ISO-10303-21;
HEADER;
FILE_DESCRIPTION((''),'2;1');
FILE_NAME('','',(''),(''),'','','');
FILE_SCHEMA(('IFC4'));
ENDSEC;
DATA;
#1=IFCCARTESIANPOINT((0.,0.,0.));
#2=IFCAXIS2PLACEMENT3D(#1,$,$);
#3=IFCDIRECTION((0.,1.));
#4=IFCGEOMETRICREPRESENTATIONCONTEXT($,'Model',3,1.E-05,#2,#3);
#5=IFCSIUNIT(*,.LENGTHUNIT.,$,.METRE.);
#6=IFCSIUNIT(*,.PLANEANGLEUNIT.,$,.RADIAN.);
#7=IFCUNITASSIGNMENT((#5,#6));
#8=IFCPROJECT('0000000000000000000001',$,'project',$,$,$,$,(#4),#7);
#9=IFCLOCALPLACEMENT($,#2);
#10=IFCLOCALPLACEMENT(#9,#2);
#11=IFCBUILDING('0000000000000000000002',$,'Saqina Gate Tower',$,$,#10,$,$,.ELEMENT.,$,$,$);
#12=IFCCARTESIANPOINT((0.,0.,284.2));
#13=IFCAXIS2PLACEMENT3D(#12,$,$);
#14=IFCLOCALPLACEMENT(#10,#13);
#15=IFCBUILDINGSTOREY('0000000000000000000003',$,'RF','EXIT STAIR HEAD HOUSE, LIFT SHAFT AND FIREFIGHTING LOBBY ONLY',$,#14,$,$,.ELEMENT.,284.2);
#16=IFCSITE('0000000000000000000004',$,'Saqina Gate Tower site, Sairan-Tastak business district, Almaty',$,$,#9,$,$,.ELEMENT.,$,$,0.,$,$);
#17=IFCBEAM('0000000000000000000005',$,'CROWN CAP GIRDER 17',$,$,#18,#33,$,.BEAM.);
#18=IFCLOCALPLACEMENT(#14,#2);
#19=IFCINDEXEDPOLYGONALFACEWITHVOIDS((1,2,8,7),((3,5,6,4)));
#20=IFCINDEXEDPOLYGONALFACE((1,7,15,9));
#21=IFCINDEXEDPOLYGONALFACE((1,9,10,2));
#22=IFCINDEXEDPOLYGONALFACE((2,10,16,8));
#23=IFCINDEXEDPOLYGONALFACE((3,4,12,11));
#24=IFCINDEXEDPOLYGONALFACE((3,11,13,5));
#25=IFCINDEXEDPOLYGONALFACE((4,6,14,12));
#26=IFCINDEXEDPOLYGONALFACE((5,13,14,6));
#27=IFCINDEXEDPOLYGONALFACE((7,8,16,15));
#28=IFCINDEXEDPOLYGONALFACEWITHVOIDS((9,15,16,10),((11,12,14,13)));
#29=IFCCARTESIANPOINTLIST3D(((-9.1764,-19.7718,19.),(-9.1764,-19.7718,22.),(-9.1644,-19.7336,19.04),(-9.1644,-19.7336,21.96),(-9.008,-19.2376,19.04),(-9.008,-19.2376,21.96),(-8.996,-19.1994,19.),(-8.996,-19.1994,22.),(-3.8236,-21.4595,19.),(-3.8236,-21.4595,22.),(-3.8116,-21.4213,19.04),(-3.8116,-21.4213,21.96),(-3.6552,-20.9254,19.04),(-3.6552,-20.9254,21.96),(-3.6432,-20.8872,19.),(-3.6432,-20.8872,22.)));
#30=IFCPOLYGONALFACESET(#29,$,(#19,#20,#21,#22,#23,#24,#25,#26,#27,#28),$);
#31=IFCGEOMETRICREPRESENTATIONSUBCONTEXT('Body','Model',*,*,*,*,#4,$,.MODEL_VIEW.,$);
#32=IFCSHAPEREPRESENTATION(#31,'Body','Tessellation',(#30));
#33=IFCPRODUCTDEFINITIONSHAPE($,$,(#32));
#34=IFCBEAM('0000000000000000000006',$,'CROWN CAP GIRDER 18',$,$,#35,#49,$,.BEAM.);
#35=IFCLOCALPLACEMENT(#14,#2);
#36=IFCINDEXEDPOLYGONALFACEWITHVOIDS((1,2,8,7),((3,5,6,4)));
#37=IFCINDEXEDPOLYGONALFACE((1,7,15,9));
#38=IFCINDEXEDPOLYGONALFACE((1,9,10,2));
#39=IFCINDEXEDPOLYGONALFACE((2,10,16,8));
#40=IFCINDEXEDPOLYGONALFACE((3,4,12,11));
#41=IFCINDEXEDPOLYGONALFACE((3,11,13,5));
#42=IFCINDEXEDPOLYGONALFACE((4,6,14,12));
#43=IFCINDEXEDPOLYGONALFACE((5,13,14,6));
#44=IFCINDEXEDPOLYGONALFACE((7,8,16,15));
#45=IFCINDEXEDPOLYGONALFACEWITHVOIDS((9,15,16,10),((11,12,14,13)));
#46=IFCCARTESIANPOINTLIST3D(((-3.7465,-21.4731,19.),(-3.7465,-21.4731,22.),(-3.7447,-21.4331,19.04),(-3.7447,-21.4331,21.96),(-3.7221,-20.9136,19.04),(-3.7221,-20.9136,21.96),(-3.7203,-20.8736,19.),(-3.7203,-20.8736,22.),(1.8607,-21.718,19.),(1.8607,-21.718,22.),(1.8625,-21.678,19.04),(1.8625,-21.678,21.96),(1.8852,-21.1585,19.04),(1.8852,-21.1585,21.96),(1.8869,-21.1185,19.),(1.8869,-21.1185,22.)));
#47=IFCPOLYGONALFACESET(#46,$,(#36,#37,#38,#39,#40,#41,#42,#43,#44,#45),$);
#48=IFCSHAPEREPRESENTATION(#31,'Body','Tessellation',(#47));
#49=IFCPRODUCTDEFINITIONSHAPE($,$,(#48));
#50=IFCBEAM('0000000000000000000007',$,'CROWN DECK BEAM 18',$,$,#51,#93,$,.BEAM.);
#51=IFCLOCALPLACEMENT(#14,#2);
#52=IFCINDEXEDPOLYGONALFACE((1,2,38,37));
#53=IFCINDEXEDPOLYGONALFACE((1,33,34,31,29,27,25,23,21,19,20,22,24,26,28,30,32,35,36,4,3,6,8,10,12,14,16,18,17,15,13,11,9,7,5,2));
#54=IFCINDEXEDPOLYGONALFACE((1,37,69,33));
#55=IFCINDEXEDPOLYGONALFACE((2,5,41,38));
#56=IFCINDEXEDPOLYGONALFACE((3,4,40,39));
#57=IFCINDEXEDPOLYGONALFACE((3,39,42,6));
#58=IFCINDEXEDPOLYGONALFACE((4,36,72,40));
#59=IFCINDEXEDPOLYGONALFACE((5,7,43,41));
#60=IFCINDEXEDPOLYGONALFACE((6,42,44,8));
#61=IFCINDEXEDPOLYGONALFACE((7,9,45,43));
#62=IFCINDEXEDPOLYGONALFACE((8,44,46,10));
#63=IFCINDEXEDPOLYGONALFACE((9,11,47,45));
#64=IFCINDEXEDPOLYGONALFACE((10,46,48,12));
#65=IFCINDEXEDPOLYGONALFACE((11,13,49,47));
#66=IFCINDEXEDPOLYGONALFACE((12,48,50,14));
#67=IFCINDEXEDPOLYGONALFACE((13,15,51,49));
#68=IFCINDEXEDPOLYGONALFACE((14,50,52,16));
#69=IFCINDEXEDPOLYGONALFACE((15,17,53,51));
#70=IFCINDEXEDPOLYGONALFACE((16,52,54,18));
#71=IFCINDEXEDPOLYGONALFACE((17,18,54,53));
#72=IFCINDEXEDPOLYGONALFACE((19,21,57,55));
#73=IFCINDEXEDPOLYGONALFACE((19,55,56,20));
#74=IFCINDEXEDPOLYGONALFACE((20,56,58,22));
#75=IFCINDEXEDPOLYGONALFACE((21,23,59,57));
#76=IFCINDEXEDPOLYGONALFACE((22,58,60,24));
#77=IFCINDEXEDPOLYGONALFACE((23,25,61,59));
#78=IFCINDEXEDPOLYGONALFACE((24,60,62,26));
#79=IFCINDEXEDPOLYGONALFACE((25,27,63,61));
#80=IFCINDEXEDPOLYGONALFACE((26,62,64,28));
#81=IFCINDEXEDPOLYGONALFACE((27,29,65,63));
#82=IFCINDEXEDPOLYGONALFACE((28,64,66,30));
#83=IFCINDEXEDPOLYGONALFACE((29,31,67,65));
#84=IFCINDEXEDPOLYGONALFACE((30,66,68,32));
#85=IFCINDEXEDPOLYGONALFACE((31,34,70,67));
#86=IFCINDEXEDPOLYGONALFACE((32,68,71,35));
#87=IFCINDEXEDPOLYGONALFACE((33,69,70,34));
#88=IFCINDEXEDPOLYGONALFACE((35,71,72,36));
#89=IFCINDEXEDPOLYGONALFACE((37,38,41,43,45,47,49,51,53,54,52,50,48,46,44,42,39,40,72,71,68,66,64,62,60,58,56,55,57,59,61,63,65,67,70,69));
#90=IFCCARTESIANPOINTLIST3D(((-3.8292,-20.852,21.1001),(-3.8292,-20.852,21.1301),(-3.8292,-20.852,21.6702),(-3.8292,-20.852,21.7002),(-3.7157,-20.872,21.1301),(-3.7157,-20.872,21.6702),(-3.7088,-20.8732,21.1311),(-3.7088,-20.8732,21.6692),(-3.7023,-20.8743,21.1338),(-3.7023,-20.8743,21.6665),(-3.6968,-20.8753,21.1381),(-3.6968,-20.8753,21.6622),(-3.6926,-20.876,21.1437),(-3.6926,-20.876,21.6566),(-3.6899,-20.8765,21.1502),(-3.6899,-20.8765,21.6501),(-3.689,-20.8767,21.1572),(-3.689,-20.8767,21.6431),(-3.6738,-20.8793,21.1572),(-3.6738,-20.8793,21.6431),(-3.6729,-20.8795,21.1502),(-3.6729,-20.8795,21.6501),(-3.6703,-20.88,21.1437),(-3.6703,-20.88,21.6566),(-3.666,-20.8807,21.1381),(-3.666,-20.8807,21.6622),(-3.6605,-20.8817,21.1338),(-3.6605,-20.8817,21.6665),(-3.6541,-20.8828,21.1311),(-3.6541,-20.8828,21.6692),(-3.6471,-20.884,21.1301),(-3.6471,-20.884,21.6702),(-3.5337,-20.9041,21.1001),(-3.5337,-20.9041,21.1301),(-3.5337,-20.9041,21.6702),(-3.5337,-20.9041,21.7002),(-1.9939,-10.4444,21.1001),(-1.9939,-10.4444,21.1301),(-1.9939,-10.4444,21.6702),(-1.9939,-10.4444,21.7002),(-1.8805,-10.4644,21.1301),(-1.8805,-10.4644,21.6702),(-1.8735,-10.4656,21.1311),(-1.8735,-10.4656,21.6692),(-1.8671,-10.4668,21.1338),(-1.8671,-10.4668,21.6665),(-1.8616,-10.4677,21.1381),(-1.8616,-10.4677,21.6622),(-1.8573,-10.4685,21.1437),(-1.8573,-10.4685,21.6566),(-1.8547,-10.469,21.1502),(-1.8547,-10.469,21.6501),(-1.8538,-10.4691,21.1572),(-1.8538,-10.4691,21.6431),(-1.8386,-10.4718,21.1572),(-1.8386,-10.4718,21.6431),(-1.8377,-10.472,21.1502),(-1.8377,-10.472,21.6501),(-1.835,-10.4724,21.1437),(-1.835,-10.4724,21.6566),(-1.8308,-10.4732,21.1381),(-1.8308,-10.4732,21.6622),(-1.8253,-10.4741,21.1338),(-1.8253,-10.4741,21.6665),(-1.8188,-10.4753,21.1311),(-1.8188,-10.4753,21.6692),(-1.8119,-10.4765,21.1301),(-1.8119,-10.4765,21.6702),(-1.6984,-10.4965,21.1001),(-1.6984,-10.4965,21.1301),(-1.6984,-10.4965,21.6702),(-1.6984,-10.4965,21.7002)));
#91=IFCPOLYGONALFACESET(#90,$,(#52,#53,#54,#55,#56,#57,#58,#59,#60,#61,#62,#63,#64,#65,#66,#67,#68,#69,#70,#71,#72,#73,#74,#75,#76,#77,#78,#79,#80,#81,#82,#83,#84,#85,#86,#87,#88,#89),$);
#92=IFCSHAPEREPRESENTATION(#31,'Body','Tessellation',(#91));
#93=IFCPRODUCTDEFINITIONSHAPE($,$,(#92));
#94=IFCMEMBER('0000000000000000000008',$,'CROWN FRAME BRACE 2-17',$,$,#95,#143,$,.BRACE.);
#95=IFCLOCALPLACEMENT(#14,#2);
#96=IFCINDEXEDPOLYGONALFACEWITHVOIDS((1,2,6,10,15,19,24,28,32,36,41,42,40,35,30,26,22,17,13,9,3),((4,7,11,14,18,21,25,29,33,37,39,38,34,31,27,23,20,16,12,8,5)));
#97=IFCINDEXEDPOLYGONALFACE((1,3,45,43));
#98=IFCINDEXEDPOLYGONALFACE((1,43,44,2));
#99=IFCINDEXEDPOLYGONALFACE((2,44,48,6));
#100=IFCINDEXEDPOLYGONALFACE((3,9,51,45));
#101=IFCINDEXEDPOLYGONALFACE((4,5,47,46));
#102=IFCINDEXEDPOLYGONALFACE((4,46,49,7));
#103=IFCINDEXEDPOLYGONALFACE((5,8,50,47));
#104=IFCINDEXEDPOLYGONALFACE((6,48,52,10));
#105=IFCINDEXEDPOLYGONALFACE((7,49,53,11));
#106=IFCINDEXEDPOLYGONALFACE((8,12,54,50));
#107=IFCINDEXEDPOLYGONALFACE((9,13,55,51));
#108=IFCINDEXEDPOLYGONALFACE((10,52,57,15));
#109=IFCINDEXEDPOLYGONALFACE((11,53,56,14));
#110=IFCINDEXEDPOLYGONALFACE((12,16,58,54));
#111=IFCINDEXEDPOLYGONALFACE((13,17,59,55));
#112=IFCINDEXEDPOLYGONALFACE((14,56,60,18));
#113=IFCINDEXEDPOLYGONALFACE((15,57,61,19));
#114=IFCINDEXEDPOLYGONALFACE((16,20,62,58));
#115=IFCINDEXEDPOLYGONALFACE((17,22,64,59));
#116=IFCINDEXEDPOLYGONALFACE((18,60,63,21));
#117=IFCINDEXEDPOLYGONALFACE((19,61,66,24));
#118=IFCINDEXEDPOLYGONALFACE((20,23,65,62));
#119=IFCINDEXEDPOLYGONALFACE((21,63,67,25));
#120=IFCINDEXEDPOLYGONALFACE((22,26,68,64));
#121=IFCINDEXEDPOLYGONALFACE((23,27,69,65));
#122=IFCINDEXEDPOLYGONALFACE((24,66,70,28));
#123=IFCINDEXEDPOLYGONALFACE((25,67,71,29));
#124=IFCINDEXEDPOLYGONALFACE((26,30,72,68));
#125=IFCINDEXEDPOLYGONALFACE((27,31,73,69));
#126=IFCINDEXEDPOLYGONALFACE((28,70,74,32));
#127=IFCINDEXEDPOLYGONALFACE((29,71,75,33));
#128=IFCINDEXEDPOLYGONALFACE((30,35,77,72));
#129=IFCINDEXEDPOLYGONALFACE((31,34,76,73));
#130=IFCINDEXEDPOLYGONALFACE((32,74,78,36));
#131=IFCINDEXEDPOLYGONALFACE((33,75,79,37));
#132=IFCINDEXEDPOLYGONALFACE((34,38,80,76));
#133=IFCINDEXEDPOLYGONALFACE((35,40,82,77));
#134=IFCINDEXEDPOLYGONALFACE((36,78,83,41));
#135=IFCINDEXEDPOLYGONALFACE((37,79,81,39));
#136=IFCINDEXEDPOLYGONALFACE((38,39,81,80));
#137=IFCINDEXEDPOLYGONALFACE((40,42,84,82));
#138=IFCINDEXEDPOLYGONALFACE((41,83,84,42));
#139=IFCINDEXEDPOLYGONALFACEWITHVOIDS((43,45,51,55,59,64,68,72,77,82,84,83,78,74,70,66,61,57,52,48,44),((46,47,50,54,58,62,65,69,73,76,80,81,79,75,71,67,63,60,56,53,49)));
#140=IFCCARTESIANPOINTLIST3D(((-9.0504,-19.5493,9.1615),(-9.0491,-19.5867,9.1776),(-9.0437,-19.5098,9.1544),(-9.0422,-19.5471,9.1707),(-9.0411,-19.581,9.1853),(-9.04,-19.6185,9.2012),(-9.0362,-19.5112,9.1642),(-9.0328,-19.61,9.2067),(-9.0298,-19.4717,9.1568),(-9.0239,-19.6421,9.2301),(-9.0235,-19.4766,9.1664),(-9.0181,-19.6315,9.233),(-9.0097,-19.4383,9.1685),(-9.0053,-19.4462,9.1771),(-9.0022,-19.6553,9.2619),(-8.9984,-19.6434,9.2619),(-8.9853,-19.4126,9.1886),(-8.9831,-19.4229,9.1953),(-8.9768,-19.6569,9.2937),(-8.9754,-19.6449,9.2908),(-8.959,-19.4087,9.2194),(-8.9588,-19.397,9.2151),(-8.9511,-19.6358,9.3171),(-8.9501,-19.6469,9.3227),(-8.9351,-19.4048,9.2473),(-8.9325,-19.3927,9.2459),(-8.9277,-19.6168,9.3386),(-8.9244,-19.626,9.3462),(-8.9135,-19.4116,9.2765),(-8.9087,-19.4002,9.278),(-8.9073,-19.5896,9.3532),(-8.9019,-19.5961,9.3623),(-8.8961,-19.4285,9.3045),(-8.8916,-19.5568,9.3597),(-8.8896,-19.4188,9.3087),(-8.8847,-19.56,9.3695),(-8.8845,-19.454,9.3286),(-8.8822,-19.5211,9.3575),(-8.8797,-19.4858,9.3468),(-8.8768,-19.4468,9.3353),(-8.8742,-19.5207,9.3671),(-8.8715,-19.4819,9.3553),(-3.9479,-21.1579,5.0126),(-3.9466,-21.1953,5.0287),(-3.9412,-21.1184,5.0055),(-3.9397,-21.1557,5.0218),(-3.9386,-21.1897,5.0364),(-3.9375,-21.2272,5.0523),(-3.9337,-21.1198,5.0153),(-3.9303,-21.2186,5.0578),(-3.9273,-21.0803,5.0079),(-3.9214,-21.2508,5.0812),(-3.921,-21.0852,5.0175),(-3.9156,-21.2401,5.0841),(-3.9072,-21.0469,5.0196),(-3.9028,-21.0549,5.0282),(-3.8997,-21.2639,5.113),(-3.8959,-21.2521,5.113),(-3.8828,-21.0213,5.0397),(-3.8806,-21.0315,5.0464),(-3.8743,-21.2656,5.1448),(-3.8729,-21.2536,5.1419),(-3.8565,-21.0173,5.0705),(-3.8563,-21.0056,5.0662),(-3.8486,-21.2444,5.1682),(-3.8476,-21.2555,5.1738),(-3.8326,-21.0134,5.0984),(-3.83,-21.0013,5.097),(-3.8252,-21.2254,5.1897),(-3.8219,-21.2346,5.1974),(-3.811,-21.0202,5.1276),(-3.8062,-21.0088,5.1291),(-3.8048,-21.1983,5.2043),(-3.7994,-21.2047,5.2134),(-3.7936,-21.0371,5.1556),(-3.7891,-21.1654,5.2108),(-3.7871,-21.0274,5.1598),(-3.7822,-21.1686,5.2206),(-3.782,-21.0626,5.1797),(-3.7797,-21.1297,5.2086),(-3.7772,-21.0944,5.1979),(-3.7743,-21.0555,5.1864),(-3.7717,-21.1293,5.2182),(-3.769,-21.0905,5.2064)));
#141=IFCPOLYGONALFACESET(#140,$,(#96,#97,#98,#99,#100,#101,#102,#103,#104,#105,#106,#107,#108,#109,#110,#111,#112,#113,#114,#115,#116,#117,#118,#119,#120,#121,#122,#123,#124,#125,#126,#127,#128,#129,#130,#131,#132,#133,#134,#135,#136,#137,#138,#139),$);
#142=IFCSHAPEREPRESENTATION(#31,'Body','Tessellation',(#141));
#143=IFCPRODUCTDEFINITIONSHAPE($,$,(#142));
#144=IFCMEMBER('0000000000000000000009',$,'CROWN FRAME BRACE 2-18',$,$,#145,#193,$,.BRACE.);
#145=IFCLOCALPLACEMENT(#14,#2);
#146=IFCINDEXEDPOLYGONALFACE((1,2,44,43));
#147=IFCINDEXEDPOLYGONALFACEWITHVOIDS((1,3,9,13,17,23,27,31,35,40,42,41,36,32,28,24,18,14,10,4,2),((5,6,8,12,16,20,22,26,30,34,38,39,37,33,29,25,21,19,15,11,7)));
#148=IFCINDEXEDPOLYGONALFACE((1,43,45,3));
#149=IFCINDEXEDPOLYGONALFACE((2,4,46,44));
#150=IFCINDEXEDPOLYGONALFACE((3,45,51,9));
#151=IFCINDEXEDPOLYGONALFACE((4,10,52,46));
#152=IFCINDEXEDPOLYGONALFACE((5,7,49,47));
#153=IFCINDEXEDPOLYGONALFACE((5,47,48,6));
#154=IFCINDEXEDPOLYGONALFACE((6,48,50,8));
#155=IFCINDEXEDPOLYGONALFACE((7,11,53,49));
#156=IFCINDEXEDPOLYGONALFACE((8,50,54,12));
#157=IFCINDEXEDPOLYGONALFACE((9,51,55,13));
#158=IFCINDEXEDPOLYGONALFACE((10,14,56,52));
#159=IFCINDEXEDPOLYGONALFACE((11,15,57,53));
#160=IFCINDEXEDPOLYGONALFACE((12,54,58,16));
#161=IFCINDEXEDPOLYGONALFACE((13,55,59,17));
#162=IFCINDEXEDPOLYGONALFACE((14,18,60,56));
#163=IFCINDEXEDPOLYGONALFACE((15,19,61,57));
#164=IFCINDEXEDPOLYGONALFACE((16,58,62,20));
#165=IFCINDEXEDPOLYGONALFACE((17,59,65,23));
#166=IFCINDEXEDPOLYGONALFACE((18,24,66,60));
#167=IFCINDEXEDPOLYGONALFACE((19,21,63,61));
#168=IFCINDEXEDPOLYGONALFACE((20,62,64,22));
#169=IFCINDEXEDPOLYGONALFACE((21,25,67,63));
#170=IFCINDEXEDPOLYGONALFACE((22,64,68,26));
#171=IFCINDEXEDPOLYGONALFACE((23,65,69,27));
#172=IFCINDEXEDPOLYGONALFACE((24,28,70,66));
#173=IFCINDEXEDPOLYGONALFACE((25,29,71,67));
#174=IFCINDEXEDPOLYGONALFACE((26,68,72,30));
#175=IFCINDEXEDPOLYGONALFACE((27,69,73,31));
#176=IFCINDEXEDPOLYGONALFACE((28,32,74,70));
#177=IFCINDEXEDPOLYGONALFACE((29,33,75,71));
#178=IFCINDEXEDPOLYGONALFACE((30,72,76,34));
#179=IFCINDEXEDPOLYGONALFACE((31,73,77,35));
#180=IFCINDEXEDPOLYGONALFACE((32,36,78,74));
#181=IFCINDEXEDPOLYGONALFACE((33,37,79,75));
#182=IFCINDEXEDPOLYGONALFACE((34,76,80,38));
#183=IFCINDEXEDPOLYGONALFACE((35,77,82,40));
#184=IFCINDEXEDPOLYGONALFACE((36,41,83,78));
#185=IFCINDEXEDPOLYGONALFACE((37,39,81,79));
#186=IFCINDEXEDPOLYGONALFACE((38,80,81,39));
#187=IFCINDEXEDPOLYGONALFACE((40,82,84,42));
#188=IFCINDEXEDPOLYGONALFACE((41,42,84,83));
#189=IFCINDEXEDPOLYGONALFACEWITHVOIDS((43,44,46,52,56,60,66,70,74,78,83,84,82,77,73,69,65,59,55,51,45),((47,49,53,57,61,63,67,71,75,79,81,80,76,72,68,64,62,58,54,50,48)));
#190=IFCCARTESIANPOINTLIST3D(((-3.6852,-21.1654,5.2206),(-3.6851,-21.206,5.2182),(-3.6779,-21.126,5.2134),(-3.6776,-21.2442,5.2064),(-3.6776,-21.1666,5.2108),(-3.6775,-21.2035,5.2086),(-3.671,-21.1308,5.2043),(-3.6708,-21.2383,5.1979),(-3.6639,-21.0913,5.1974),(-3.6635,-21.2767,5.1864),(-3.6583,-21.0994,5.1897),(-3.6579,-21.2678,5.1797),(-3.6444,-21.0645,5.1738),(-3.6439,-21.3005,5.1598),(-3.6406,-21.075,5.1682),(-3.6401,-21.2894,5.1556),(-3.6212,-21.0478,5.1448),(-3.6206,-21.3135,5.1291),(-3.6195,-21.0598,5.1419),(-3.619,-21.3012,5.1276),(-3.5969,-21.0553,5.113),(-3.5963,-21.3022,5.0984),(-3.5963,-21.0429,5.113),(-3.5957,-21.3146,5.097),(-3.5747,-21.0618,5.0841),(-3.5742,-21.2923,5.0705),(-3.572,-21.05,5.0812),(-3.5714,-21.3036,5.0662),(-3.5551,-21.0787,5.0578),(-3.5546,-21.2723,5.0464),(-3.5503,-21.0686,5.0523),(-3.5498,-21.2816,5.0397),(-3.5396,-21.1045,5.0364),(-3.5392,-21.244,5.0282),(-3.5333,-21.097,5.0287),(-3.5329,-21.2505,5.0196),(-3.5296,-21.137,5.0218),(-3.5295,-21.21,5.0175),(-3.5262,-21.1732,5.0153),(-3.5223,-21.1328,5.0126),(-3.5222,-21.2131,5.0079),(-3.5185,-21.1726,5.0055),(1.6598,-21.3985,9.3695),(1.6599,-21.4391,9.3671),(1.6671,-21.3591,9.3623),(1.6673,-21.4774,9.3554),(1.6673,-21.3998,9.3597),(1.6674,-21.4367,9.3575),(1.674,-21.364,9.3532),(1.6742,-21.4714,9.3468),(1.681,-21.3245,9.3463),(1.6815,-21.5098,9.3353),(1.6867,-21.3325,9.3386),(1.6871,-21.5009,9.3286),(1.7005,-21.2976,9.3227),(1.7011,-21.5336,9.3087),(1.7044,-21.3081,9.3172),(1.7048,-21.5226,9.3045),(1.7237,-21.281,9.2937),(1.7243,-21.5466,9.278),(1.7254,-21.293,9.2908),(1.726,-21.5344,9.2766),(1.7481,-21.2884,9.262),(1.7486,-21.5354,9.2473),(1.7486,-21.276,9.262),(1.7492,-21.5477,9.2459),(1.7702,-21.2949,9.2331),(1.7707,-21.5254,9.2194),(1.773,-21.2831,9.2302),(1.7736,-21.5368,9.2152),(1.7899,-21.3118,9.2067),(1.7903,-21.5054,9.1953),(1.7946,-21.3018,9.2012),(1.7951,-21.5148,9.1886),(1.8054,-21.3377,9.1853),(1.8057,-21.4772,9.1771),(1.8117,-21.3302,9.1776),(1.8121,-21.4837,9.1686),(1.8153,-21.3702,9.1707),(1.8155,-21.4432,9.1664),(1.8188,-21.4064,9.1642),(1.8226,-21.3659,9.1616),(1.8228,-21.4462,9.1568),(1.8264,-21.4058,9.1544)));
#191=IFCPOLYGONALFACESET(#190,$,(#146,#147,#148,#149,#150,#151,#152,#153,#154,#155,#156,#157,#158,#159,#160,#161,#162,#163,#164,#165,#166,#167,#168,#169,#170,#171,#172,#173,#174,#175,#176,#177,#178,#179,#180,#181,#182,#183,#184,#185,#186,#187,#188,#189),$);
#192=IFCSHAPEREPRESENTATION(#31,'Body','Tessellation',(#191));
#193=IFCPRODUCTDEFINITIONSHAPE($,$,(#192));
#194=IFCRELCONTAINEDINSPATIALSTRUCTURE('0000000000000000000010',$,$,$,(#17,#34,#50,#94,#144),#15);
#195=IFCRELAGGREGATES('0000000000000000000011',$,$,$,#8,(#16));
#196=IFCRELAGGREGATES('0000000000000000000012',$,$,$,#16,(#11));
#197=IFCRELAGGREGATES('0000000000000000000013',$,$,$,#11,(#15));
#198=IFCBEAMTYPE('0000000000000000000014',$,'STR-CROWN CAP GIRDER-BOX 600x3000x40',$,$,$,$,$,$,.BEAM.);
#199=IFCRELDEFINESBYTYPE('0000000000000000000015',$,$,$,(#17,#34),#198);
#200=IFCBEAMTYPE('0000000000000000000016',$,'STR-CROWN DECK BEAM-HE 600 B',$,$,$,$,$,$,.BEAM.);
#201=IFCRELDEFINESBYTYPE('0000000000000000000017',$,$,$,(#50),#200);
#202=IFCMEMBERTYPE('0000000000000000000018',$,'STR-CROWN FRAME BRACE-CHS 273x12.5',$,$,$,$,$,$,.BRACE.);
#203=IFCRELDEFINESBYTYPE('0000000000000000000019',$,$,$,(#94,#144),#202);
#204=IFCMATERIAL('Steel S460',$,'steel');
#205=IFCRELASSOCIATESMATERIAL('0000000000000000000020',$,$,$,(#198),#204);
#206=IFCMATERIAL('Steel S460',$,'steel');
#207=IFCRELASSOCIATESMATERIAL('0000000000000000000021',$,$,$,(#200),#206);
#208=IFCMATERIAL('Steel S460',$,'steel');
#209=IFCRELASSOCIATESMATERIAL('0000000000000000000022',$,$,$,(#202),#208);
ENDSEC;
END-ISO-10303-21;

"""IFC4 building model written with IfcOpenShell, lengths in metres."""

from ifc_helpers import new_model, si_unit, direction, frame, origin, origin_2d, place, context, subcontext, project, spatial, hollow_rectangle, hollow_circle, i_section, extrude, material, material_profile, profile_set, type_object, element, save


model = new_model("IFC4")

# Units and contexts
model_context = context("Model", 3, precision=1e-05, world=origin(), true_north=direction((0.0, 1.0)))
body_context = subcontext(model_context, "Body", "Model", "MODEL_VIEW")
ifc_project = project(units=[si_unit("LENGTHUNIT", "METRE"), si_unit("PLANEANGLEUNIT", "RADIAN")], contexts=[model_context])

# Site, building, storey
site_placement = place(None, origin())
site = spatial("IfcSite", under=ifc_project, at=site_placement, Name="Saqina Gate Tower site, Sairan-Tastak business district, Almaty", CompositionType="ELEMENT", RefElevation=0.0)
building_placement = place(site_placement, origin())
building = spatial("IfcBuilding", under=site, at=building_placement, Name="Saqina Gate Tower", CompositionType="ELEMENT")
storey_placement = place(building_placement, frame((0.0, 0.0, 284.2)))
storey = spatial("IfcBuildingStorey", under=building, at=storey_placement, Name="RF", Description="EXIT STAIR HEAD HOUSE, LIFT SHAFT AND FIREFIGHTING LOBBY ONLY", CompositionType="ELEMENT", Elevation=284.2)

# Beams
ifc_material_1 = material(Name="Steel S460", Category="steel")
ifc_material_profile_1 = material_profile(ifc_material_1, hollow_rectangle(XDim=0.6001, YDim=3.0, WallThickness=0.04, at=origin_2d()), Name="BOX 600x3000x40")
ifc_profile_set_1 = profile_set([ifc_material_profile_1], Name="Steel S460")
beam_type_1 = type_object("IfcBeamType", Name="STR-CROWN CAP GIRDER-BOX 600x3000x40", PredefinedType="BEAM", material=ifc_profile_set_1)
for number, where, z_axis, x_axis, name in (
    (1, (-9.0862, -19.4856, 20.5), (0.953716, -0.300709, 0.0), (0.300709, 0.953716, 0.0), "CROWN CAP GIRDER 17"),
    (2, (-3.7334, -21.1733, 20.5), (0.999048, -0.04363, 0.0), (0.04363, 0.999048, 0.0), "CROWN CAP GIRDER 18"),
):
    element("IfcBeam", number, at=place(storey_placement, frame(where, z_axis=z_axis, x_axis=x_axis)), inside=storey, type_object=beam_type_1, Name=name, PredefinedType="BEAM", context=body_context, shape_type="SweptSolid", body=[
        extrude(hollow_rectangle(XDim=0.6001, YDim=3.0, WallThickness=0.04, at=origin_2d()), origin(), (0.0, 0.0, 1.0), 5.6125),
    ])
ifc_material_2 = material(Name="Steel S460", Category="steel")
ifc_material_profile_2 = material_profile(ifc_material_2, i_section(OverallWidth=0.3, OverallDepth=0.6001, WebThickness=0.0154, FlangeThickness=0.03, FilletRadius=0.0271, at=origin_2d()), Name="HE 600 B")
ifc_profile_set_2 = profile_set([ifc_material_profile_2], Name="Steel S460")
beam_type_2 = type_object("IfcBeamType", Name="STR-CROWN DECK BEAM-HE 600 B", PredefinedType="BEAM", material=ifc_profile_set_2)
beam_placement = place(storey_placement, frame((-1.8462, -10.4705, 21.4001), z_axis=(-0.173656, -0.984806, 0.0), x_axis=(0.984806, -0.173656, 0.0)))
element("IfcBeam", 3, at=beam_placement, inside=storey, type_object=beam_type_2, Name="CROWN DECK BEAM 18", PredefinedType="BEAM", context=body_context, shape_type="SweptSolid", body=[
    extrude(i_section(OverallWidth=0.3, OverallDepth=0.6001, WebThickness=0.0154, FlangeThickness=0.03, FilletRadius=0.0271, at=origin_2d()), origin(), (0.0, 0.0, 1.0), 10.5681),
])

# Members
ifc_material_3 = material(Name="Steel S460", Category="steel")
ifc_material_profile_3 = material_profile(ifc_material_3, hollow_circle(Radius=0.1365, WallThickness=0.0125, at=origin_2d()), Name="CHS 273x12.5")
ifc_profile_set_3 = profile_set([ifc_material_profile_3], Name="Steel S460")
member_type = type_object("IfcMemberType", Name="STR-CROWN FRAME BRACE-CHS 273x12.5", PredefinedType="BRACE", material=ifc_profile_set_3)
for number, where, z_axis, x_axis, name in (
    (4, (-3.8586, -21.1338, 5.113), (-0.753663, 0.237602, 0.612811), (-0.300675, -0.953727, 0.0), "CROWN FRAME BRACE 2-17"),
    (5, (-3.6023, -21.1792, 5.113), (0.789476, -0.034438, 0.612815), (0.04358, 0.99905, 0.0), "CROWN FRAME BRACE 2-18"),
):
    element("IfcMember", number, at=place(storey_placement, frame(where, z_axis=z_axis, x_axis=x_axis)), inside=storey, type_object=member_type, Name=name, PredefinedType="BRACE", context=body_context, shape_type="SweptSolid", body=[
        extrude(hollow_circle(Radius=0.1365, WallThickness=0.0125, at=origin_2d()), origin(), (0.0, 0.0, 1.0), 6.7703),
    ])

save(model, "model.ifc")
